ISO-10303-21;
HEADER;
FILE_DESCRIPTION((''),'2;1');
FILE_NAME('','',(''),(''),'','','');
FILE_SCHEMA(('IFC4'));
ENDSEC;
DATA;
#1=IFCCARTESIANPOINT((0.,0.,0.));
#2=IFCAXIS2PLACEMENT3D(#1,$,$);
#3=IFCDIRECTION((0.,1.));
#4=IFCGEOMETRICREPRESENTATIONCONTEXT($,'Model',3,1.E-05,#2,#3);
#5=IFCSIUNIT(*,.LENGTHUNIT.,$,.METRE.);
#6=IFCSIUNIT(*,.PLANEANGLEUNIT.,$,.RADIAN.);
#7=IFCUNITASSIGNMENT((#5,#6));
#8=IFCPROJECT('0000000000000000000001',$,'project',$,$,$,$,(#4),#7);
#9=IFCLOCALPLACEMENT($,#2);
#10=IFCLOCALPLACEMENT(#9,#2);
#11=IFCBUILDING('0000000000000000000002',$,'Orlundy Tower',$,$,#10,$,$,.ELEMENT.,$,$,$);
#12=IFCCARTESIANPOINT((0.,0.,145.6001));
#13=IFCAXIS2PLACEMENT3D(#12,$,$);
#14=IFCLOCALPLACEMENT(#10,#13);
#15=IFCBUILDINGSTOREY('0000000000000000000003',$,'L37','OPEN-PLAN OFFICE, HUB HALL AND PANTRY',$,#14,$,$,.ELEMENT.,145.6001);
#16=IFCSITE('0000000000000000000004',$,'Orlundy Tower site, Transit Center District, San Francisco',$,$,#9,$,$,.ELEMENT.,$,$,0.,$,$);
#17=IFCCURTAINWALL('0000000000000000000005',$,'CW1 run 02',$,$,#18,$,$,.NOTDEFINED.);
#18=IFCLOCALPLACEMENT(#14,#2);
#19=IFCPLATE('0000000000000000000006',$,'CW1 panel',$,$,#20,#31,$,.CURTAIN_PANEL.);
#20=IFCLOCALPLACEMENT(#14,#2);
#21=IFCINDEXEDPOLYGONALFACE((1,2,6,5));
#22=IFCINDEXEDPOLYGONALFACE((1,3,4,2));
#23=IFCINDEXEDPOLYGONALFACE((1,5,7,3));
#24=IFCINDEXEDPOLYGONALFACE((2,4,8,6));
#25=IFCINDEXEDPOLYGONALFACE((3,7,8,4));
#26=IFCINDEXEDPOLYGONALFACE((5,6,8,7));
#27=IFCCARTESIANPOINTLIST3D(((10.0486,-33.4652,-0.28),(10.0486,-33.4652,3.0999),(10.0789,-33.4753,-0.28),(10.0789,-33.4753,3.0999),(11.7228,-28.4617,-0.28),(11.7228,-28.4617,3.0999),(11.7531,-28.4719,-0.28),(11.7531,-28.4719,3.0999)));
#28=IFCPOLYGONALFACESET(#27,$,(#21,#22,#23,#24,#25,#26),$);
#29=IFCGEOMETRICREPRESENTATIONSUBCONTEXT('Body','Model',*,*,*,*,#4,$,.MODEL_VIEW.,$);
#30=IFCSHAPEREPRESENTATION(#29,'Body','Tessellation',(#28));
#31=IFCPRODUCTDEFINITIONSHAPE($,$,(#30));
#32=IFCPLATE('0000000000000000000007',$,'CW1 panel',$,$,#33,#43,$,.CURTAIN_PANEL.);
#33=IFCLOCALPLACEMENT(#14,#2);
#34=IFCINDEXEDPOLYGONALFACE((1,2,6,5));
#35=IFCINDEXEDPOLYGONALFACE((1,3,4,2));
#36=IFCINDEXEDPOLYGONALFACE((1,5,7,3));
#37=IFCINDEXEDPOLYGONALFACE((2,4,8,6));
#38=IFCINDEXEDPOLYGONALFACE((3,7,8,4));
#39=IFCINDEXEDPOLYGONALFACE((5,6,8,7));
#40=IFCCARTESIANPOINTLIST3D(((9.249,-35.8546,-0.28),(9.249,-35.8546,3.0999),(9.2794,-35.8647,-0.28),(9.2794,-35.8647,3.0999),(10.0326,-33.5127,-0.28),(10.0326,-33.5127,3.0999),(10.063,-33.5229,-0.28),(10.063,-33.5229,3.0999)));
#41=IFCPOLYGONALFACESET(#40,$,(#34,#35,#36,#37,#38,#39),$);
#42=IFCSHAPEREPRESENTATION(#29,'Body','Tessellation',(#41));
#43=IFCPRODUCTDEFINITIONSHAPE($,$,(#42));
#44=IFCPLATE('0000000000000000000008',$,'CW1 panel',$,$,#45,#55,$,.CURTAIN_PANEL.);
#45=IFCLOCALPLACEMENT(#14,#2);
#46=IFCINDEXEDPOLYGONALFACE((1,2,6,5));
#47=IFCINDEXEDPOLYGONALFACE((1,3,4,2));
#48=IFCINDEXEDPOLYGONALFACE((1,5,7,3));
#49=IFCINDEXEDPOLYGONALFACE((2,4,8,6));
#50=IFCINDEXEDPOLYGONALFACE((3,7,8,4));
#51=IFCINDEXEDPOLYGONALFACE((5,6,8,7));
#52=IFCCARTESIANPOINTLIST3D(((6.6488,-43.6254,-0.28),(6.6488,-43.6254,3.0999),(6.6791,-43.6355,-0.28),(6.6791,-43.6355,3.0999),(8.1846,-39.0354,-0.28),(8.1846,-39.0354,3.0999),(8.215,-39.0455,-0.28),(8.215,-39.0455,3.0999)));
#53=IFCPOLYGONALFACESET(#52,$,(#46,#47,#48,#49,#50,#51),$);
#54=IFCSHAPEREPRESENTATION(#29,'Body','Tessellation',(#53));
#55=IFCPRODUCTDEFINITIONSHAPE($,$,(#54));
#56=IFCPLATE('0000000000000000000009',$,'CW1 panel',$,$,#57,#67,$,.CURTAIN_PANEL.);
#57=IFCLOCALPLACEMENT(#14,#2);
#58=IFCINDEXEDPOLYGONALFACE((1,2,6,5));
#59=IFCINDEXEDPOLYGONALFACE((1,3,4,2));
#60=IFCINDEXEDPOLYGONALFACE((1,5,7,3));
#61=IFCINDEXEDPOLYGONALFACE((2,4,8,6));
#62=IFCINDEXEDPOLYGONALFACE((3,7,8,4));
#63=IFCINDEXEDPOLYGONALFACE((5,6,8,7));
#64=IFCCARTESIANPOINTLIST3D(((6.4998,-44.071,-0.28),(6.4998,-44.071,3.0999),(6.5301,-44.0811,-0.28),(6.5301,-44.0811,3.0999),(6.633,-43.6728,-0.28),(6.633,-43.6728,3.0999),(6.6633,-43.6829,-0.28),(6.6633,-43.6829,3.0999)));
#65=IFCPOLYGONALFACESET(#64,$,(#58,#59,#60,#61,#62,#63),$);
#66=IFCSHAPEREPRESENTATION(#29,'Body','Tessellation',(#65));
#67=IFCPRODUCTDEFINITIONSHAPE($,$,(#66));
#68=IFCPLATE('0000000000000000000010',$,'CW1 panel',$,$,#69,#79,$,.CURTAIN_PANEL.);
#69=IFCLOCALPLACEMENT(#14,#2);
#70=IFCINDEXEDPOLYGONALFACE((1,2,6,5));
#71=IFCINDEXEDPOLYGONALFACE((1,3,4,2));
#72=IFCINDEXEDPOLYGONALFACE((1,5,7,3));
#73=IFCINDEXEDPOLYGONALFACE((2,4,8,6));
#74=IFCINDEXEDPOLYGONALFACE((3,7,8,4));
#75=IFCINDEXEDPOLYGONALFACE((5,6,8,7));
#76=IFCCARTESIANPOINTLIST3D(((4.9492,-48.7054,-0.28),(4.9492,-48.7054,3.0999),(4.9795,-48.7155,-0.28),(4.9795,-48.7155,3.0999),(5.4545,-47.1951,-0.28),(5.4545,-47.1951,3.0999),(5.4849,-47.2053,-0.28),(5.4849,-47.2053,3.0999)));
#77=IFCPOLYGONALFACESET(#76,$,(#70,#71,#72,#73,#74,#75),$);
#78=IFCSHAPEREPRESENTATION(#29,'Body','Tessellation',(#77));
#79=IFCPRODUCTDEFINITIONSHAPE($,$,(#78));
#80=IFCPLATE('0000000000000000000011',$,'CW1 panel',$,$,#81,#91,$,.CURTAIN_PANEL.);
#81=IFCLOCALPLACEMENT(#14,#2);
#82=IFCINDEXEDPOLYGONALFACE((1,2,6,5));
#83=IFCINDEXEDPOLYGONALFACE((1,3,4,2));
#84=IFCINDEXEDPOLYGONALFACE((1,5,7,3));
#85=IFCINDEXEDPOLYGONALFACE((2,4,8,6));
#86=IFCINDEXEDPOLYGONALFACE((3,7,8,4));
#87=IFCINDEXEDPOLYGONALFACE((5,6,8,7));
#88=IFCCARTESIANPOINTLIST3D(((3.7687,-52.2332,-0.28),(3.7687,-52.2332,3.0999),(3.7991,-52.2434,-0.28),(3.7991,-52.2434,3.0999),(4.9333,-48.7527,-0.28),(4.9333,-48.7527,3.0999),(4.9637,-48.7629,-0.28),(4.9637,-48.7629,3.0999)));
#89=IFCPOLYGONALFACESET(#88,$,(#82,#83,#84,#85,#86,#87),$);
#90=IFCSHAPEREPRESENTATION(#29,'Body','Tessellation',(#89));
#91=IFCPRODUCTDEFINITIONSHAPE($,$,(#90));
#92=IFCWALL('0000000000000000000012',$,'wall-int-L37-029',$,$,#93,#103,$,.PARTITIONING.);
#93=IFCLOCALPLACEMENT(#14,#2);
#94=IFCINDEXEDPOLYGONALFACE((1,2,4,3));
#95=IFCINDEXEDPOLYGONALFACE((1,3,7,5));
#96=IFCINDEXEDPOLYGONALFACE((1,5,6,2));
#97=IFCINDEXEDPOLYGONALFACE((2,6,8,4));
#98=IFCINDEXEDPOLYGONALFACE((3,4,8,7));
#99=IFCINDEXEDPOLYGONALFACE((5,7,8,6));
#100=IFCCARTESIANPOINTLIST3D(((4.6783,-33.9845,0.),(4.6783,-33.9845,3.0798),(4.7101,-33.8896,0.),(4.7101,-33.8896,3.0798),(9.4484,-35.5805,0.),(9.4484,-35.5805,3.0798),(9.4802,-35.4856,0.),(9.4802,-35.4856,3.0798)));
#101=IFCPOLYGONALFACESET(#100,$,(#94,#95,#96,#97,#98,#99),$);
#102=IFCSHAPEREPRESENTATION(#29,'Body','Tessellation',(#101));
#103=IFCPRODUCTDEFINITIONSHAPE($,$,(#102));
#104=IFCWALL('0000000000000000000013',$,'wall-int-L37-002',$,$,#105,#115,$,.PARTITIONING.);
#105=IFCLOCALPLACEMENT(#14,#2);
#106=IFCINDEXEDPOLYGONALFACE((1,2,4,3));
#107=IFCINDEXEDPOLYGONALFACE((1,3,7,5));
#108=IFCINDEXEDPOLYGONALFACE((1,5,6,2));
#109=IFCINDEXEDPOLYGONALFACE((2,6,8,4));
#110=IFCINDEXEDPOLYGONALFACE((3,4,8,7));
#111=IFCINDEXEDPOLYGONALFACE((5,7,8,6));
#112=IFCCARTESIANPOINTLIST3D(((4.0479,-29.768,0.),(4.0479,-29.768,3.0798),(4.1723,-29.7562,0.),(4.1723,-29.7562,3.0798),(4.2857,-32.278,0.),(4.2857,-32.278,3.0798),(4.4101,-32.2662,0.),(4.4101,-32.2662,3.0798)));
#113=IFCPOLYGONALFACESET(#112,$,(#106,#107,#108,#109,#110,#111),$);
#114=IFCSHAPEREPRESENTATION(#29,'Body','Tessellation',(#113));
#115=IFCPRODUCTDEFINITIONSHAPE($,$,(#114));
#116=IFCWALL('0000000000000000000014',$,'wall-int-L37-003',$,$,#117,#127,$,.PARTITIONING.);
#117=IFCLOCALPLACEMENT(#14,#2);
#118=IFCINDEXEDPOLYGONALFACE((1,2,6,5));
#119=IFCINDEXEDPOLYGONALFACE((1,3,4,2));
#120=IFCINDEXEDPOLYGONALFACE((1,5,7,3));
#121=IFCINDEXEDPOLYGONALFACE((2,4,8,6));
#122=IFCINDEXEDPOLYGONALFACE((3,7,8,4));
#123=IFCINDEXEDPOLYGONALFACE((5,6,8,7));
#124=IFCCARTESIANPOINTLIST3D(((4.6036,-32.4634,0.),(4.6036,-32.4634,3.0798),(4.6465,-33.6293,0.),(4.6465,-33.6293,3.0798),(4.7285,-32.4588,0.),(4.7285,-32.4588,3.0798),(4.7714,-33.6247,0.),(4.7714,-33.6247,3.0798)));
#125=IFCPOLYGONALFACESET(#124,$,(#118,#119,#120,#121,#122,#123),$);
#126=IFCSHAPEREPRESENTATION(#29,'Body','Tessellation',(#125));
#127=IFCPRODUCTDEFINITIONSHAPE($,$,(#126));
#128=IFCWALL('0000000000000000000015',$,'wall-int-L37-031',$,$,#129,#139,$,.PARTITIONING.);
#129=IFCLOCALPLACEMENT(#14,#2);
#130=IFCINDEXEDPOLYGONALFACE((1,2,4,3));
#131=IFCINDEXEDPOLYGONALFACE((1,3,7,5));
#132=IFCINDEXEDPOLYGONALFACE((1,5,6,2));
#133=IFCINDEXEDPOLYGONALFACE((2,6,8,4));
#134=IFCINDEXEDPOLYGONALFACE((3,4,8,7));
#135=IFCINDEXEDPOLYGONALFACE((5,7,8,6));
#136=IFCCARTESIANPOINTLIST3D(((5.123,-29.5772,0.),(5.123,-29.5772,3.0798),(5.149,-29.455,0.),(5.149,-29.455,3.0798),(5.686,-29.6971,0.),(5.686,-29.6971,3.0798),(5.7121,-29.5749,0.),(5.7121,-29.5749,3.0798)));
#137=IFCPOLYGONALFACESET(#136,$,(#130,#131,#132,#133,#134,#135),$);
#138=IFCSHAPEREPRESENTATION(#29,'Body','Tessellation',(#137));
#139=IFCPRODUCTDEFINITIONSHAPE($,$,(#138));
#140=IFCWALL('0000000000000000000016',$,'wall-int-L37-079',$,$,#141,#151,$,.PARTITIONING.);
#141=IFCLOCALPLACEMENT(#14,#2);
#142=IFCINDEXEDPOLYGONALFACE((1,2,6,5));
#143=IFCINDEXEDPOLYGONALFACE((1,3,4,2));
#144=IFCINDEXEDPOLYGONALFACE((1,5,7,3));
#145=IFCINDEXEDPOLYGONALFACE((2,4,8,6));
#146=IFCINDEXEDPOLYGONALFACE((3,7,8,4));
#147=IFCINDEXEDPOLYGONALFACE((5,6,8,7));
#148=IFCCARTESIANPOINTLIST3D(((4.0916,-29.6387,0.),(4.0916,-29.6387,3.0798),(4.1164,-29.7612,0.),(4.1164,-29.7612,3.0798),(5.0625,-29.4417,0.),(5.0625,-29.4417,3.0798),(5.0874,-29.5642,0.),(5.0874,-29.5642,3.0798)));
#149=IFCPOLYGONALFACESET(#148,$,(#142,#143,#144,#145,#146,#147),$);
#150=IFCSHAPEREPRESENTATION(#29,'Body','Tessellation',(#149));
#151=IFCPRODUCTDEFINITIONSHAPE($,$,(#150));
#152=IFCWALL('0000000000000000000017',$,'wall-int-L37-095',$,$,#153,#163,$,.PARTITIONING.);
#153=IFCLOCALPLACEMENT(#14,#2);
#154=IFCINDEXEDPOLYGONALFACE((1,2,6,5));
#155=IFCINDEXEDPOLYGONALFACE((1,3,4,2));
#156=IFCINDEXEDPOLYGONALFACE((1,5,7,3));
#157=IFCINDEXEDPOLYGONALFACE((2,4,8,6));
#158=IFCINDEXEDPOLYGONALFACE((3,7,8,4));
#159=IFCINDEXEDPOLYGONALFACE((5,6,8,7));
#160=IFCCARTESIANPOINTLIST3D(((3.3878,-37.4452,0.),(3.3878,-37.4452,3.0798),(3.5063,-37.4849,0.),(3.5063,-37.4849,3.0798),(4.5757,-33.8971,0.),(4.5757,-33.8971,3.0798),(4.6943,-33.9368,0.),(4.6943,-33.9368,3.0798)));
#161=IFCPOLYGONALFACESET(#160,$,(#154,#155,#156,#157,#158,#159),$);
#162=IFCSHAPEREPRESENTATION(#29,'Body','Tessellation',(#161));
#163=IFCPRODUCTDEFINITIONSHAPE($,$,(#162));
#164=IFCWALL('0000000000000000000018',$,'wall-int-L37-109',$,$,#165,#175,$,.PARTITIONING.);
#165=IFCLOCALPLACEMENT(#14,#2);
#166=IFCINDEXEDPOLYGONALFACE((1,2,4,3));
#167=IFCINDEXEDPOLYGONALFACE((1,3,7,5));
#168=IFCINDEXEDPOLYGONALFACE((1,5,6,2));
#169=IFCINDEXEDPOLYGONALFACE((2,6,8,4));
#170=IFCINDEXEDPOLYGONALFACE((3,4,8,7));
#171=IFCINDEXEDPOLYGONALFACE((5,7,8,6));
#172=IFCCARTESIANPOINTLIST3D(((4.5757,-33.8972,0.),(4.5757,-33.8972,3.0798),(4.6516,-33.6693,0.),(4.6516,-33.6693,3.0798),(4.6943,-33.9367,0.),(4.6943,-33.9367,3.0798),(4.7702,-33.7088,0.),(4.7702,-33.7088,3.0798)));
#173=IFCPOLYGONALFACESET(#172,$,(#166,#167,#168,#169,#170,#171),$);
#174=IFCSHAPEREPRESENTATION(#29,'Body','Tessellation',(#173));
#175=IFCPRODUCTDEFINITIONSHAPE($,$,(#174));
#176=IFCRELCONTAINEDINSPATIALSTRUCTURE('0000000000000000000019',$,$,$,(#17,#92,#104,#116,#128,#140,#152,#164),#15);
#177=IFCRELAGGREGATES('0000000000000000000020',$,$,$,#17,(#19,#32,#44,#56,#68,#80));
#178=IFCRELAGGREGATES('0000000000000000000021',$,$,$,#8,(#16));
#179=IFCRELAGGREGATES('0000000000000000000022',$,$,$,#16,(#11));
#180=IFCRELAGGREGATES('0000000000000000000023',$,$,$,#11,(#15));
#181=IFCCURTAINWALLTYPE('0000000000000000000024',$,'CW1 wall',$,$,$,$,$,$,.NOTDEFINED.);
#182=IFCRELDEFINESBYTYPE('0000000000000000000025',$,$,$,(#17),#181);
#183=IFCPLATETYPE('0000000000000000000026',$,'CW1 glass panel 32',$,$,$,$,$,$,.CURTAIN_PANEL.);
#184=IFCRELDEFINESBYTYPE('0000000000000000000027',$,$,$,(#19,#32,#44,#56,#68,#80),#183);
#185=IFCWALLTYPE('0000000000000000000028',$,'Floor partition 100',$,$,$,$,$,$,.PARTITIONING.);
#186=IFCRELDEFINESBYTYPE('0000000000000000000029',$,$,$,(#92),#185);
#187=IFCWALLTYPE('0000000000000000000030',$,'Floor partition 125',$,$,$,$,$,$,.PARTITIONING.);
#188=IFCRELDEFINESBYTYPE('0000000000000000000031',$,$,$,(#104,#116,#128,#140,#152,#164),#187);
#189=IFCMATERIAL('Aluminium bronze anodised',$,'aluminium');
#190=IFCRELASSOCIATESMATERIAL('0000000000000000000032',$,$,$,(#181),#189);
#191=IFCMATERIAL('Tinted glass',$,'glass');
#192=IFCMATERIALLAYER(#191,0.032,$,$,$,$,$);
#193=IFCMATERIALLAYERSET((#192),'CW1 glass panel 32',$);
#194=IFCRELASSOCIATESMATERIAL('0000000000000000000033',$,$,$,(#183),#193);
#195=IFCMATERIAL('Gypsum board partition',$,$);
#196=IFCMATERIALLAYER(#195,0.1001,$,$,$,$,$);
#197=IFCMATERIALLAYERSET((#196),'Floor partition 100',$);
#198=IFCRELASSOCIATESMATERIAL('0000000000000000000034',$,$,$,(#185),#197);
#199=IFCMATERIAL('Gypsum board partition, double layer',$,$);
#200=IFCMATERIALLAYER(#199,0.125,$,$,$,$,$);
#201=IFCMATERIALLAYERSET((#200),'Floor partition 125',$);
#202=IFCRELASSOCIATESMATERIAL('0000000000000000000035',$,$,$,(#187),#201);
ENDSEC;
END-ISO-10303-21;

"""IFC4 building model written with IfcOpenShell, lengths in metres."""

from ifc_helpers import new_model, si_unit, direction, frame, frame_2d, origin, origin_2d, place, context, subcontext, project, spatial, rectangle, extrude, material, layer, layer_set, type_object, element, aggregate, save


model = new_model("IFC4")

# Units and contexts
model_context = context("Model", 3, precision=1e-05, world=origin(), true_north=direction((0.0, 1.0)))
body_context = subcontext(model_context, "Body", "Model", "MODEL_VIEW")
ifc_project = project(units=[si_unit("LENGTHUNIT", "METRE"), si_unit("PLANEANGLEUNIT", "RADIAN")], contexts=[model_context])

# Site, building, storey
site_placement = place(None, origin())
site = spatial("IfcSite", under=ifc_project, at=site_placement, Name="Orlundy Tower site, Transit Center District, San Francisco", CompositionType="ELEMENT", RefElevation=0.0)
building_placement = place(site_placement, origin())
building = spatial("IfcBuilding", under=site, at=building_placement, Name="Orlundy Tower", CompositionType="ELEMENT")
storey_placement = place(building_placement, frame((0.0, 0.0, 145.6001)))
storey = spatial("IfcBuildingStorey", under=building, at=storey_placement, Name="L37", Description="OPEN-PLAN OFFICE, HUB HALL AND PANTRY", CompositionType="ELEMENT", Elevation=145.6001)

# Curtain wall
ifc_material_1 = material(Name="Aluminium bronze anodised", Category="aluminium")
curtain_wall_type = type_object("IfcCurtainWallType", Name="CW1 wall", PredefinedType="NOTDEFINED", material=ifc_material_1)
curtain_wall_1_placement = place(storey_placement, origin())
curtain_wall_1 = element("IfcCurtainWall", 1, at=curtain_wall_1_placement, inside=storey, type_object=curtain_wall_type, Name="CW1 run 02", PredefinedType="NOTDEFINED")

# Plates
ifc_material_2 = material(Name="Tinted glass", Category="glass")
ifc_layer_1 = layer(ifc_material_2, 0.032)
ifc_layer_set_1 = layer_set([ifc_layer_1], Name="CW1 glass panel 32")
plate_type = type_object("IfcPlateType", Name="CW1 glass panel 32", PredefinedType="CURTAIN_PANEL", material=ifc_layer_set_1)
plate_1_placement = place(storey_placement, frame((10.9009, -30.9685, -0.28), z_axis=(0.0, 0.0, 1.0), x_axis=(-0.317314, -0.948321, 0.0)))
plate_1 = element("IfcPlate", 2, at=plate_1_placement, type_object=plate_type, Name="CW1 panel", PredefinedType="CURTAIN_PANEL", context=body_context, shape_type="SweptSolid", body=[
    extrude(rectangle(XDim=5.2761, YDim=0.032, at=origin_2d()), origin(), (0.0, 0.0, 1.0), 3.3799),
])
plate_2_placement = place(storey_placement, frame((9.656, -34.6887, -0.28), z_axis=(0.0, 0.0, 1.0), x_axis=(-0.317314, -0.948321, 0.0)))
plate_2 = element("IfcPlate", 3, at=plate_2_placement, type_object=plate_type, Name="CW1 panel", PredefinedType="CURTAIN_PANEL", context=body_context, shape_type="SweptSolid", body=[
    extrude(rectangle(XDim=2.4695, YDim=0.032, at=origin_2d()), origin(), (0.0, 0.0, 1.0), 3.3799),
])
plate_3_placement = place(storey_placement, frame((7.4319, -41.3354, -0.28), z_axis=(0.0, 0.0, 1.0), x_axis=(-0.317314, -0.948321, 0.0)))
plate_3 = element("IfcPlate", 4, at=plate_3_placement, type_object=plate_type, Name="CW1 panel", PredefinedType="CURTAIN_PANEL", context=body_context, shape_type="SweptSolid", body=[
    extrude(rectangle(XDim=4.8401, YDim=0.032, at=origin_2d()), origin(), (0.0, 0.0, 1.0), 3.3799),
])
plate_4_placement = place(storey_placement, frame((6.5815, -43.877, -0.28), z_axis=(0.0, 0.0, 1.0), x_axis=(-0.317314, -0.948321, 0.0)))
plate_4 = element("IfcPlate", 5, at=plate_4_placement, type_object=plate_type, Name="CW1 panel", PredefinedType="CURTAIN_PANEL", context=body_context, shape_type="SweptSolid", body=[
    extrude(rectangle(XDim=0.4199, YDim=0.032, at=origin_2d()), origin(), (0.0, 0.0, 1.0), 3.3799),
])
plate_5_placement = place(storey_placement, frame((5.217, -47.9553, -0.28), z_axis=(0.0, 0.0, 1.0), x_axis=(-0.317314, -0.948321, 0.0)))
plate_5 = element("IfcPlate", 6, at=plate_5_placement, type_object=plate_type, Name="CW1 panel", PredefinedType="CURTAIN_PANEL", context=body_context, shape_type="SweptSolid", body=[
    extrude(rectangle(XDim=1.5925, YDim=0.032, at=origin_2d()), origin(), (0.0, 0.0, 1.0), 3.3799),
])
plate_6_placement = place(storey_placement, frame((4.3662, -50.498, -0.28), z_axis=(0.0, 0.0, 1.0), x_axis=(-0.317314, -0.948321, 0.0)))
plate_6 = element("IfcPlate", 7, at=plate_6_placement, type_object=plate_type, Name="CW1 panel", PredefinedType="CURTAIN_PANEL", context=body_context, shape_type="SweptSolid", body=[
    extrude(rectangle(XDim=3.6702, YDim=0.032, at=origin_2d()), origin(), (0.0, 0.0, 1.0), 3.3799),
])
aggregate(curtain_wall_1, [plate_1, plate_2, plate_3, plate_4, plate_5, plate_6])

# Walls
ifc_material_3 = material(Name="Gypsum board partition")
ifc_layer_2 = layer(ifc_material_3, 0.1001)
ifc_layer_set_2 = layer_set([ifc_layer_2], Name="Floor partition 100")
wall_type_1 = type_object("IfcWallType", Name="Floor partition 100", PredefinedType="PARTITIONING", material=ifc_layer_set_2)
wall_1_placement = place(storey_placement, frame((4.6941, -33.937, 0.0), z_axis=(0.0, 0.0, 1.0), x_axis=(0.948328, -0.317291, 0.0)))
element("IfcWall", 8, at=wall_1_placement, inside=storey, type_object=wall_type_1, Name="wall-int-L37-029", PredefinedType="PARTITIONING", context=body_context, shape_type="SweptSolid", body=[
    extrude(rectangle(XDim=5.03, YDim=0.1001, at=frame_2d((2.5151, 0.0))), origin(), (0.0, 0.0, 1.0), 3.0798),
])
ifc_material_4 = material(Name="Gypsum board partition, double layer")
ifc_layer_3 = layer(ifc_material_4, 0.125)
ifc_layer_set_3 = layer_set([ifc_layer_3], Name="Floor partition 125")
wall_type_2 = type_object("IfcWallType", Name="Floor partition 125", PredefinedType="PARTITIONING", material=ifc_layer_set_3)
wall_2_placement = place(storey_placement, frame((4.1101, -29.762, 0.0), z_axis=(0.0, 0.0, 1.0), x_axis=(0.094316, -0.995542, 0.0)))
element("IfcWall", 9, at=wall_2_placement, inside=storey, type_object=wall_type_2, Name="wall-int-L37-002", PredefinedType="PARTITIONING", context=body_context, shape_type="SweptSolid", body=[
    extrude(rectangle(XDim=2.5212, YDim=0.125, at=frame_2d((1.2607, 0.0))), origin(), (0.0, 0.0, 1.0), 3.0798),
])
wall_3_placement = place(storey_placement, frame((4.666, -32.4609, 0.0), z_axis=(0.0, 0.0, 1.0), x_axis=(0.036826, -0.999322, 0.0)))
element("IfcWall", 10, at=wall_3_placement, inside=storey, type_object=wall_type_2, Name="wall-int-L37-003", PredefinedType="PARTITIONING", context=body_context, shape_type="SweptSolid", body=[
    extrude(rectangle(XDim=1.1667, YDim=0.125, at=frame_2d((0.5835, 0.0))), origin(), (0.0, 0.0, 1.0), 3.0798),
])
wall_4_placement = place(storey_placement, frame((5.136, -29.5161, 0.0), z_axis=(0.0, 0.0, 1.0), x_axis=(0.978075, -0.208254, 0.0)))
element("IfcWall", 11, at=wall_4_placement, inside=storey, type_object=wall_type_2, Name="wall-int-L37-031", PredefinedType="PARTITIONING", context=body_context, shape_type="SweptSolid", body=[
    extrude(rectangle(XDim=0.5757, YDim=0.125, at=frame_2d((0.2878, 0.0))), origin(), (0.0, 0.0, 1.0), 3.0798),
])
wall_5_placement = place(storey_placement, frame((4.104, -29.7, 0.0), z_axis=(0.0, 0.0, 1.0), x_axis=(0.980027, 0.198864, 0.0)))
element("IfcWall", 12, at=wall_5_placement, inside=storey, type_object=wall_type_2, Name="wall-int-L37-079", PredefinedType="PARTITIONING", context=body_context, shape_type="SweptSolid", body=[
    extrude(rectangle(XDim=0.9907, YDim=0.125, at=frame_2d((0.4954, 0.0))), origin(), (0.0, 0.0, 1.0), 3.0798),
])
wall_6_placement = place(storey_placement, frame((3.447, -37.4651, 0.0), z_axis=(0.0, 0.0, 1.0), x_axis=(0.3175, 0.948258, 0.0)))
element("IfcWall", 13, at=wall_6_placement, inside=storey, type_object=wall_type_2, Name="wall-int-L37-095", PredefinedType="PARTITIONING", context=body_context, shape_type="SweptSolid", body=[
    extrude(rectangle(XDim=3.7417, YDim=0.125, at=frame_2d((1.8708, 0.0))), origin(), (0.0, 0.0, 1.0), 3.0798),
])
wall_7_placement = place(storey_placement, frame((4.635, -33.917, 0.0), z_axis=(0.0, 0.0, 1.0), x_axis=(0.315923, 0.948785, 0.0)))
element("IfcWall", 14, at=wall_7_placement, inside=storey, type_object=wall_type_2, Name="wall-int-L37-109", PredefinedType="PARTITIONING", context=body_context, shape_type="SweptSolid", body=[
    extrude(rectangle(XDim=0.2402, YDim=0.125, at=frame_2d((0.1201, 0.0))), origin(), (0.0, 0.0, 1.0), 3.0798),
])

save(model, "model.ifc")
